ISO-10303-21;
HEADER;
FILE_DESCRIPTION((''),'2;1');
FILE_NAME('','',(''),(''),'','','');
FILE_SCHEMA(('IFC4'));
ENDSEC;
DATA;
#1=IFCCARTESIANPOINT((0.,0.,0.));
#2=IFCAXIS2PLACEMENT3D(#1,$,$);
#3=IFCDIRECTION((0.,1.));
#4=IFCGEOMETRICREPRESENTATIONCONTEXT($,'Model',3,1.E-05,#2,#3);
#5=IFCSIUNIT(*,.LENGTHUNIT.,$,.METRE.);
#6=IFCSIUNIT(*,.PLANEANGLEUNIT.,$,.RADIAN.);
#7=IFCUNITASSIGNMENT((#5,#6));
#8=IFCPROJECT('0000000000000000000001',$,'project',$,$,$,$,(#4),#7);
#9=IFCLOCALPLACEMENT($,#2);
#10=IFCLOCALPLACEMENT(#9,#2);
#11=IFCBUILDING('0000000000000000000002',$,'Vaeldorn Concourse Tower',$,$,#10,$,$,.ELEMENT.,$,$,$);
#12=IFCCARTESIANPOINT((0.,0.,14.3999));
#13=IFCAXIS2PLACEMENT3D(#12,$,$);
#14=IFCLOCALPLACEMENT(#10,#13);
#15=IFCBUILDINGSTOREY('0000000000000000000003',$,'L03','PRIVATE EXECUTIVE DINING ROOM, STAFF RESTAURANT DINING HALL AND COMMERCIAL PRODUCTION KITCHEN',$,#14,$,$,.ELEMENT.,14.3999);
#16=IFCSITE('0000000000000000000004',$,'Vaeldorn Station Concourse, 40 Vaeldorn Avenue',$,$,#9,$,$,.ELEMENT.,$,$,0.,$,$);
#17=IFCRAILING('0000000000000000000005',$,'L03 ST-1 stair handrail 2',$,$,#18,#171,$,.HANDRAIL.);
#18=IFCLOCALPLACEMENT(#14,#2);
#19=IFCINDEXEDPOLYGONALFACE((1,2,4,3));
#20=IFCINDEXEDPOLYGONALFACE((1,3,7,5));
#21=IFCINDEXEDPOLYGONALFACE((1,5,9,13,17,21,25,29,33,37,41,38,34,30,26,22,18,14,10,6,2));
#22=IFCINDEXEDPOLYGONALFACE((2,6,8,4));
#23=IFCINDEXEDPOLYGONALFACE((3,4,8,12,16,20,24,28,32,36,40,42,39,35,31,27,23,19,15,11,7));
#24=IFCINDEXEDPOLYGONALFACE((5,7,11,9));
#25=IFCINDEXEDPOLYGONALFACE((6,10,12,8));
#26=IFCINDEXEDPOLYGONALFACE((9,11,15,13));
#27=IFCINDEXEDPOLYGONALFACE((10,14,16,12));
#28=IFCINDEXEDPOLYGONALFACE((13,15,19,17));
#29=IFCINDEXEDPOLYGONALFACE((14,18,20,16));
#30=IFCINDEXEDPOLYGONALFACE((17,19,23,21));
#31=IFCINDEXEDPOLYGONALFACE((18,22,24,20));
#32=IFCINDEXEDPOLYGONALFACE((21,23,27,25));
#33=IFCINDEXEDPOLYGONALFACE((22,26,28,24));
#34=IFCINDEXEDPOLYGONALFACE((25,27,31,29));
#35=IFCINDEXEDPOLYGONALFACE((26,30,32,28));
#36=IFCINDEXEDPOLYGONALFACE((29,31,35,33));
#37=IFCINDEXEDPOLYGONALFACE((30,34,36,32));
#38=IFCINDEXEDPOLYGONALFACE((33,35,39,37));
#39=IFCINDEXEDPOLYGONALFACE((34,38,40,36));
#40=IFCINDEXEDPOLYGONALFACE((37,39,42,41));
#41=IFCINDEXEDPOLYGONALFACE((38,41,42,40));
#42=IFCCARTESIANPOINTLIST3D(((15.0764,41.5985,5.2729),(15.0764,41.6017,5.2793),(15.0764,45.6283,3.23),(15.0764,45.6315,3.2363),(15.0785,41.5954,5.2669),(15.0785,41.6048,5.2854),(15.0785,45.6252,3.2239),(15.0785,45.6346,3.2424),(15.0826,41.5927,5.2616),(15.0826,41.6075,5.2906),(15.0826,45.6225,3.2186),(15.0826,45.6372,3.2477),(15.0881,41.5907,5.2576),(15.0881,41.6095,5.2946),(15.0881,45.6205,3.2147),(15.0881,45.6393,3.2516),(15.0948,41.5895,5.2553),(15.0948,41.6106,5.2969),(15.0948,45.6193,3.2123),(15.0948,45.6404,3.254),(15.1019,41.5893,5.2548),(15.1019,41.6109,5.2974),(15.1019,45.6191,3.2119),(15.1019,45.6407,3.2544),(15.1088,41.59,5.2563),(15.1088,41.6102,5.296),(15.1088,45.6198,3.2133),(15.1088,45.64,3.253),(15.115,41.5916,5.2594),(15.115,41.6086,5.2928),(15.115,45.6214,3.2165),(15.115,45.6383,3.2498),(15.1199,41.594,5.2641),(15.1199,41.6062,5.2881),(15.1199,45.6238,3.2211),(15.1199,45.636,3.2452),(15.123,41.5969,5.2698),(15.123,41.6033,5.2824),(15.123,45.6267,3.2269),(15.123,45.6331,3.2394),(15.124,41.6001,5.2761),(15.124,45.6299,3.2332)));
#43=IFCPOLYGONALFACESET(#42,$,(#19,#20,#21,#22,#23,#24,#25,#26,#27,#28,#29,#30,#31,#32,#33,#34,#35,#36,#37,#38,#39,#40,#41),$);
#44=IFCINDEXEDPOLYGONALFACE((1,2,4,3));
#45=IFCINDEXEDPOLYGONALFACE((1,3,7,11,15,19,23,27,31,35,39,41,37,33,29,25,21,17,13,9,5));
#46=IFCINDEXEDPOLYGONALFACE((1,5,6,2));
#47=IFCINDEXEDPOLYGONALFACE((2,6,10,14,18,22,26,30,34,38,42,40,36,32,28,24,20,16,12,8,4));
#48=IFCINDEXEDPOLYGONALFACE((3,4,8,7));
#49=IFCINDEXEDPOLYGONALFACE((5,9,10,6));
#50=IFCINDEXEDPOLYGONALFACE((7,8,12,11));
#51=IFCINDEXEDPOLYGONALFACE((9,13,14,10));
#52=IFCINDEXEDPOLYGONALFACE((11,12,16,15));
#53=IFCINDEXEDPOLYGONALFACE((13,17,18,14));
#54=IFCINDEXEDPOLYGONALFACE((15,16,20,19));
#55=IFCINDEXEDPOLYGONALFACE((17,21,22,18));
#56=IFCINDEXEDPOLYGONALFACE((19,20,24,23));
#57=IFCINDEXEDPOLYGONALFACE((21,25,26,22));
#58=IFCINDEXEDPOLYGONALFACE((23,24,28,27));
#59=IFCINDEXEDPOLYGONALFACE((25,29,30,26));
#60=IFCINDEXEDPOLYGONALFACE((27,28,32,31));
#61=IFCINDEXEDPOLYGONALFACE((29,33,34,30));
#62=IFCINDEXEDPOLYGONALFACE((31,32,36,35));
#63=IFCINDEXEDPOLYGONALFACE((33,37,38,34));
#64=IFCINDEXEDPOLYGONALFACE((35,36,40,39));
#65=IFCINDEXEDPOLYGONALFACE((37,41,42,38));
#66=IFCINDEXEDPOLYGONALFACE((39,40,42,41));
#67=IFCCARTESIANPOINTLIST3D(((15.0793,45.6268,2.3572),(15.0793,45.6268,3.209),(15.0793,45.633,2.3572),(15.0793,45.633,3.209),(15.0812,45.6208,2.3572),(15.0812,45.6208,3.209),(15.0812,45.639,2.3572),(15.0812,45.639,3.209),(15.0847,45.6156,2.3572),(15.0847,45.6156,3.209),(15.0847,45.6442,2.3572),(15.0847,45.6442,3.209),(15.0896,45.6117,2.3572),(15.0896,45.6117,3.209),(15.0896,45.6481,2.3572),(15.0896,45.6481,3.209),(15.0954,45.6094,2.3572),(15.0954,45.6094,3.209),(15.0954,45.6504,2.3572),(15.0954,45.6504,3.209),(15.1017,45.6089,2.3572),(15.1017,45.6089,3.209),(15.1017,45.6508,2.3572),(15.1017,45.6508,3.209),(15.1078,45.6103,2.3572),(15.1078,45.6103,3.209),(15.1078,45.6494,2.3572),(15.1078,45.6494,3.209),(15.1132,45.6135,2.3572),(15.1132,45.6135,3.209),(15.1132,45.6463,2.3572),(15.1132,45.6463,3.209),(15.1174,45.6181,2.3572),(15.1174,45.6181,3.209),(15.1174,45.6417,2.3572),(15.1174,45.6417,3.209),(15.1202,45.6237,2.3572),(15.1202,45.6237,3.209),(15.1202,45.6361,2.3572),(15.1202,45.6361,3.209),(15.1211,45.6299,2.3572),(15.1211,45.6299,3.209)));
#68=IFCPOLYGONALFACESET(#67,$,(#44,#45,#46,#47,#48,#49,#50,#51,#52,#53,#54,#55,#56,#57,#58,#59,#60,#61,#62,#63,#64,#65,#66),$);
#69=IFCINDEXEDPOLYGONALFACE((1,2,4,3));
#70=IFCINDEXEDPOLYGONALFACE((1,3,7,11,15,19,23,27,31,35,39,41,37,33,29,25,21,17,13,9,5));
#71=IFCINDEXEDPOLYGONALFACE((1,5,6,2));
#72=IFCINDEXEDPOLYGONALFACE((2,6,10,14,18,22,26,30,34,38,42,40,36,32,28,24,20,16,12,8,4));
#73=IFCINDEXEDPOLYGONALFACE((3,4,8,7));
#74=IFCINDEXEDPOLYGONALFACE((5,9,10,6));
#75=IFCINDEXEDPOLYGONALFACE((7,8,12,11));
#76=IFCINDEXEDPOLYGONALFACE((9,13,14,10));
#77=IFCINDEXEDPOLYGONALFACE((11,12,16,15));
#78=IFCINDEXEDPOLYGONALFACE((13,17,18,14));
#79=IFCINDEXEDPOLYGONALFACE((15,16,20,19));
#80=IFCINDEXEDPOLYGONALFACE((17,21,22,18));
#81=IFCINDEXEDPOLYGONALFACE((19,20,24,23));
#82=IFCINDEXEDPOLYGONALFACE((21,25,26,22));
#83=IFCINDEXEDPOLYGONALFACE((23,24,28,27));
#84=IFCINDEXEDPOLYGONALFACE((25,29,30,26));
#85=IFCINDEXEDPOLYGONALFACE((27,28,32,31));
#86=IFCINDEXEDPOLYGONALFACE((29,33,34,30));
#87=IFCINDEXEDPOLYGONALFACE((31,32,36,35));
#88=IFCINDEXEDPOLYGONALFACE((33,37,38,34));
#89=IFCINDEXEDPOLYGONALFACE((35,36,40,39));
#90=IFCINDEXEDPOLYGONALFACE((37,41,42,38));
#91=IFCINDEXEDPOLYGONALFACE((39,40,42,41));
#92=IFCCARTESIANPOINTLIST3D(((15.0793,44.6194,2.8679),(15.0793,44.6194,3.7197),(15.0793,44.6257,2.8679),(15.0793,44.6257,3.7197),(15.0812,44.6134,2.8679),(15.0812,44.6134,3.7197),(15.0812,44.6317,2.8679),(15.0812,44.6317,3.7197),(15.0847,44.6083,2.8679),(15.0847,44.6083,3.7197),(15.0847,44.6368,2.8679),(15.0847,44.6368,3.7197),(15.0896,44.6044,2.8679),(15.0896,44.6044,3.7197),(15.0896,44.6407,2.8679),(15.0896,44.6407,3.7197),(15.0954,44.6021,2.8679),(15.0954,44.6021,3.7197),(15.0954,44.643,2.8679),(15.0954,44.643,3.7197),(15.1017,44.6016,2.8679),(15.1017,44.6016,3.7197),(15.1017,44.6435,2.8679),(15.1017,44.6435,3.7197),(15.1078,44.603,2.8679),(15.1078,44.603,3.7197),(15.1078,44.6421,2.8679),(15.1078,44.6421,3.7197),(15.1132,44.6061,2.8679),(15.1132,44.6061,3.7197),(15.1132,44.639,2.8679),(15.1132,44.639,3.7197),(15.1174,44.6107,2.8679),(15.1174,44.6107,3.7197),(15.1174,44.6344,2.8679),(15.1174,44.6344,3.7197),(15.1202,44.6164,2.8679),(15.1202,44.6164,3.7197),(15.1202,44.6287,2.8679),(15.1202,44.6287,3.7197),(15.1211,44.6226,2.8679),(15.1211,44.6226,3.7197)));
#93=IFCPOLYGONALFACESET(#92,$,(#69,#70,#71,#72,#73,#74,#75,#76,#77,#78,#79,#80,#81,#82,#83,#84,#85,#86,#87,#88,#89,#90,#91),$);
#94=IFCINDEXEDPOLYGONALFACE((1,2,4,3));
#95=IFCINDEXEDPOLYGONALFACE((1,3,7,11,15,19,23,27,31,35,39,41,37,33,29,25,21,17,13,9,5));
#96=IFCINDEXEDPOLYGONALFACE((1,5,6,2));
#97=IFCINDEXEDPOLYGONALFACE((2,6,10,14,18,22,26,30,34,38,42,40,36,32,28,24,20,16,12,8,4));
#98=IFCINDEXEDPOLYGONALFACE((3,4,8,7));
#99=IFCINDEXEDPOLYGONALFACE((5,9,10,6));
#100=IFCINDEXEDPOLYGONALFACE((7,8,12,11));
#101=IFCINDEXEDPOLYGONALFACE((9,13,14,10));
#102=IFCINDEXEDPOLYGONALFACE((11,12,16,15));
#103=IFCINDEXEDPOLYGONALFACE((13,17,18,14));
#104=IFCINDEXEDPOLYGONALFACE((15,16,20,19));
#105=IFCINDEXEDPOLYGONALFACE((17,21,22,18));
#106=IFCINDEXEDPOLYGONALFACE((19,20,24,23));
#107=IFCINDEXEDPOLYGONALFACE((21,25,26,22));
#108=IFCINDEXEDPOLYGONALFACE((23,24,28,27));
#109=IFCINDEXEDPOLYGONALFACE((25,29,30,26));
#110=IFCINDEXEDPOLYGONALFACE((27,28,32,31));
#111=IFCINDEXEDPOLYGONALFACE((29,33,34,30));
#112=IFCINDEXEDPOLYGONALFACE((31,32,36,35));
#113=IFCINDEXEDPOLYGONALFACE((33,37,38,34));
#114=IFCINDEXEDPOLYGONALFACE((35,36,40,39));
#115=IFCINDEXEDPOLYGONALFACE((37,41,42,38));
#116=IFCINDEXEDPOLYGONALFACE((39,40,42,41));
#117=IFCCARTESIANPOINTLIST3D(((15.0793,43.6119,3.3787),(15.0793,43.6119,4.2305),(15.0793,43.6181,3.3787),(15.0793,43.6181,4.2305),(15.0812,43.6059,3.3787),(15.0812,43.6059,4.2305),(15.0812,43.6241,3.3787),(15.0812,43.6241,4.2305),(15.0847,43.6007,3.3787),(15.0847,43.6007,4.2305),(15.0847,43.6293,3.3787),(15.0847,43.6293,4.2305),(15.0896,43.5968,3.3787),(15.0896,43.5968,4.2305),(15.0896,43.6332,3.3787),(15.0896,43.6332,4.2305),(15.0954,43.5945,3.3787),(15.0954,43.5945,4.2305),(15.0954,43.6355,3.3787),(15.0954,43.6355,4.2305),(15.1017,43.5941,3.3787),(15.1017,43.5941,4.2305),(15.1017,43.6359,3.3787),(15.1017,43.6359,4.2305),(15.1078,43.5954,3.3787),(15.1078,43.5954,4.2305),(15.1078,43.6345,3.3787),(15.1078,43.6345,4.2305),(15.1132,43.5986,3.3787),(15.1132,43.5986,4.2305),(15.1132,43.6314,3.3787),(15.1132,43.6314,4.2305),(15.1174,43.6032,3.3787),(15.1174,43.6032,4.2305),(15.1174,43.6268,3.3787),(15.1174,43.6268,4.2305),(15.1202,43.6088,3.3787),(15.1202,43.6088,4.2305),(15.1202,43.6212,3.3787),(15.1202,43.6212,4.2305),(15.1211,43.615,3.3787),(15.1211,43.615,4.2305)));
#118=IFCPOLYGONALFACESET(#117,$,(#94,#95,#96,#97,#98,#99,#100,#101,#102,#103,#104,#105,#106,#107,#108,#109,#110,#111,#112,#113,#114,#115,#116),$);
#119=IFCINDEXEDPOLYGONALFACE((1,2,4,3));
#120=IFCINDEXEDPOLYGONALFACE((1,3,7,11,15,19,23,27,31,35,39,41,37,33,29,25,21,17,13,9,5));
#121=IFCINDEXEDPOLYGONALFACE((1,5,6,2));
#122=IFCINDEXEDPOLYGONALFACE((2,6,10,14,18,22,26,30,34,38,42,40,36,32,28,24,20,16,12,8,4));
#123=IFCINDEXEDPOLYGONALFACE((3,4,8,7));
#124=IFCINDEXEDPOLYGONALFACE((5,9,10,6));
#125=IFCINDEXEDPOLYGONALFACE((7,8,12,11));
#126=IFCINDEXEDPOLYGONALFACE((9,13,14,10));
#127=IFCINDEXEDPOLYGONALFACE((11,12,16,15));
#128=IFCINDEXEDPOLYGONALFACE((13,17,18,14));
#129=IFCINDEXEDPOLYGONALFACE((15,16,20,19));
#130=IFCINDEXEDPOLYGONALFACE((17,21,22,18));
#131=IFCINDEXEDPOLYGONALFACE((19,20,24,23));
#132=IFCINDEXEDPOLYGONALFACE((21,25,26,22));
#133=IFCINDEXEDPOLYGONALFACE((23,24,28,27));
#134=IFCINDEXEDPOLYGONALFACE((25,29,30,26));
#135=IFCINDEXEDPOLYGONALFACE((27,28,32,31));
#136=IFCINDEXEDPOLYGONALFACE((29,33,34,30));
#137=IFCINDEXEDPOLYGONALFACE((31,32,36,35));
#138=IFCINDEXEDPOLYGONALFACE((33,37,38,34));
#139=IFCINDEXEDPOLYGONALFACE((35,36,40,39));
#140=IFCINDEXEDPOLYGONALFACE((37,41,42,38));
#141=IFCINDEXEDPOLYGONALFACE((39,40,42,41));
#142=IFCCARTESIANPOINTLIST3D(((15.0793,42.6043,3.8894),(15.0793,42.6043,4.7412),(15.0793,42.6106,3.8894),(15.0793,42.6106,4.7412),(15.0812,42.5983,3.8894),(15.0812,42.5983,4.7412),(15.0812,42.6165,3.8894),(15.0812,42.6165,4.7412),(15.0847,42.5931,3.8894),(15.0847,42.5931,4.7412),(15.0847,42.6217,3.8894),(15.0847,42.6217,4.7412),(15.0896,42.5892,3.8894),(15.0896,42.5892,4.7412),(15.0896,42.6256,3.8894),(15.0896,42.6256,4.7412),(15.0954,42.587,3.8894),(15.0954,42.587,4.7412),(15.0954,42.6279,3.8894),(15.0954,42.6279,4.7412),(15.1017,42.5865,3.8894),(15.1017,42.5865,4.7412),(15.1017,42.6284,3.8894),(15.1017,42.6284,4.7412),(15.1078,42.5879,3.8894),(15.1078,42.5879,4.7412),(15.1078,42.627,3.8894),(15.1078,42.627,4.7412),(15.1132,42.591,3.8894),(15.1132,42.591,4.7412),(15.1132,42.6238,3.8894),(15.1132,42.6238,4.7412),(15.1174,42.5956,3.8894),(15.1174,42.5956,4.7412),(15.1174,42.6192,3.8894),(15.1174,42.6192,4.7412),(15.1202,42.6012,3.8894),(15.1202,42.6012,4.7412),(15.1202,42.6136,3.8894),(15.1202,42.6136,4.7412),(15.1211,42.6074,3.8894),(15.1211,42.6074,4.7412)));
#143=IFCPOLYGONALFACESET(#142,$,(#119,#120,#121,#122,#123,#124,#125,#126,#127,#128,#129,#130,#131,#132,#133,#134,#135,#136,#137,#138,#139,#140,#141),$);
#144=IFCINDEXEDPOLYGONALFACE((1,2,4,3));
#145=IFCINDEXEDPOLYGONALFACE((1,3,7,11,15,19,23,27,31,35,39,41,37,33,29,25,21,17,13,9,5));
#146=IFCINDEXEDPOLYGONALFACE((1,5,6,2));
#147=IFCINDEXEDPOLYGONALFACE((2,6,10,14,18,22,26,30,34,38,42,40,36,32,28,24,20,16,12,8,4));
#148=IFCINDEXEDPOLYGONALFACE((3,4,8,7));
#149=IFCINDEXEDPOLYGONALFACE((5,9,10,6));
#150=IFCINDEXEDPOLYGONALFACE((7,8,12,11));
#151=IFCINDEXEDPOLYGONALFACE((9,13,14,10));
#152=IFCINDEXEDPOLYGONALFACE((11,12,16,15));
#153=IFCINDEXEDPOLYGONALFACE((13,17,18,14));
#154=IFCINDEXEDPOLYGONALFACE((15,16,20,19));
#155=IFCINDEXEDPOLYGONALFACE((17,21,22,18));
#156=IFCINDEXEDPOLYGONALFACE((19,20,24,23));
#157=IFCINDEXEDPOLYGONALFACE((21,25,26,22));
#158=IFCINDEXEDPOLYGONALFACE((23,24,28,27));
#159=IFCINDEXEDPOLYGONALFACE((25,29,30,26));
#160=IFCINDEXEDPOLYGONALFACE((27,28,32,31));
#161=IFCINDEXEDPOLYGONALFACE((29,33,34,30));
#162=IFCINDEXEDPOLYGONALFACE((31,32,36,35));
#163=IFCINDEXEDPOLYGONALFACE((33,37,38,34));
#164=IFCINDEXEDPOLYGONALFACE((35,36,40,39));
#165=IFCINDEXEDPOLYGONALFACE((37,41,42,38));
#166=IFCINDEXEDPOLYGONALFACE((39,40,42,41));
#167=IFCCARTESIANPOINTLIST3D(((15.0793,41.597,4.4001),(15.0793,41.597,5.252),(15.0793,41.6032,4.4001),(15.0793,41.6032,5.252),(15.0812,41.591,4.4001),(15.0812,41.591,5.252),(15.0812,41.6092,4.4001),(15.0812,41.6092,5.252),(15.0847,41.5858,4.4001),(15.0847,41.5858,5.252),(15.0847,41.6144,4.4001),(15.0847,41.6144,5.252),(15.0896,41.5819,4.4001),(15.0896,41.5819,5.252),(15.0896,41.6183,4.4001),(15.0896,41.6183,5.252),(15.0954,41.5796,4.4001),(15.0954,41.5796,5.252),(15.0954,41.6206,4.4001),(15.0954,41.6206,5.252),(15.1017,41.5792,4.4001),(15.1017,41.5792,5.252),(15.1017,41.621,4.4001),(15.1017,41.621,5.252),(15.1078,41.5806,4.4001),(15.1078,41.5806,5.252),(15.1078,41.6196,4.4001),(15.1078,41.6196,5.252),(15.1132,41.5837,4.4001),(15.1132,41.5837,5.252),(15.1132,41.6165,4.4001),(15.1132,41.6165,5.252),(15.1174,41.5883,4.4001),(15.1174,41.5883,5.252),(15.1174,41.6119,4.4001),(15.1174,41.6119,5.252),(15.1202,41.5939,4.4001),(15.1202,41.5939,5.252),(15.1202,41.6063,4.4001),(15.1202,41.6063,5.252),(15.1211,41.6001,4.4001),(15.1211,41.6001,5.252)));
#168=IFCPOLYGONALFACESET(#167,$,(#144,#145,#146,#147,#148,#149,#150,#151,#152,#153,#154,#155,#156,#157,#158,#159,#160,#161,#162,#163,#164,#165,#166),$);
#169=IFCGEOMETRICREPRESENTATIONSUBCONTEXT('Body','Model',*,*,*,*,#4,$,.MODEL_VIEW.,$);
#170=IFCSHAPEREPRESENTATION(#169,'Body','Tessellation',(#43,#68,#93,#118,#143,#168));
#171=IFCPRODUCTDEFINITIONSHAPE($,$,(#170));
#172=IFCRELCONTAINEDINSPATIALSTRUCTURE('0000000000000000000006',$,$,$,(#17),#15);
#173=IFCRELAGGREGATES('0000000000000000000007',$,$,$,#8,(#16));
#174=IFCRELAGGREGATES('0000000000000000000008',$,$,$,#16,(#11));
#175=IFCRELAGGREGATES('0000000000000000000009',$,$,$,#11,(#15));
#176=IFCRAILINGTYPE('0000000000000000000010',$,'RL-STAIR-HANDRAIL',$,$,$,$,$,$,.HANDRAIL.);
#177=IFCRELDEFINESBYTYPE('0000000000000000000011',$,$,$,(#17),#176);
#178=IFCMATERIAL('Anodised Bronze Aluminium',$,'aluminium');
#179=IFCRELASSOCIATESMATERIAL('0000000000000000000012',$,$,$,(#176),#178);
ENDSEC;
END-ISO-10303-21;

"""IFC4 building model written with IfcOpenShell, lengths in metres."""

from ifc_helpers import new_model, si_unit, direction, frame, origin, origin_2d, place, context, subcontext, project, spatial, circle, extrude, material, type_object, element, save


model = new_model("IFC4")

# Units and contexts
model_context = context("Model", 3, precision=1e-05, world=origin(), true_north=direction((0.0, 1.0)))
body_context = subcontext(model_context, "Body", "Model", "MODEL_VIEW")
ifc_project = project(units=[si_unit("LENGTHUNIT", "METRE"), si_unit("PLANEANGLEUNIT", "RADIAN")], contexts=[model_context])

# Site, building, storey
site_placement = place(None, origin())
site = spatial("IfcSite", under=ifc_project, at=site_placement, Name="Vaeldorn Station Concourse, 40 Vaeldorn Avenue", CompositionType="ELEMENT", RefElevation=0.0)
building_placement = place(site_placement, origin())
building = spatial("IfcBuilding", under=site, at=building_placement, Name="Vaeldorn Concourse Tower", CompositionType="ELEMENT")
storey_placement = place(building_placement, frame((0.0, 0.0, 14.3999)))
storey = spatial("IfcBuildingStorey", under=building, at=storey_placement, Name="L03", Description="PRIVATE EXECUTIVE DINING ROOM, STAFF RESTAURANT DINING HALL AND COMMERCIAL PRODUCTION KITCHEN", CompositionType="ELEMENT", Elevation=14.3999)

# Shared definitions
ifc_material_1 = material(Name="Anodised Bronze Aluminium", Category="aluminium")

# Railing
railing_type_1 = type_object("IfcRailingType", Name="RL-STAIR-HANDRAIL", PredefinedType="HANDRAIL", material=ifc_material_1)
railing_1_placement = place(storey_placement, frame((15.1001, 45.6299, 2.3572)))
element("IfcRailing", 1, at=railing_1_placement, inside=storey, type_object=railing_type_1, Name="L03 ST-1 stair handrail 2", PredefinedType="HANDRAIL", context=body_context, shape_type="SweptSolid", body=[
    extrude(circle(Radius=0.0239, at=origin_2d()), frame((0.0, 0.0, 0.876), z_axis=(0.0, -0.891928, 0.452178), x_axis=(1.0, 0.0, 0.0)), (0.0, 0.0, 1.0), 4.5181),
    extrude(circle(Radius=0.021, at=origin_2d()), origin(), (0.0, 0.0, 1.0), 0.8518),
    extrude(circle(Radius=0.021, at=origin_2d()), frame((0.0, -1.0073, 0.5107)), (0.0, 0.0, 1.0), 0.8518),
    extrude(circle(Radius=0.021, at=origin_2d()), frame((0.0, -2.0149, 1.0215)), (0.0, 0.0, 1.0), 0.8518),
    extrude(circle(Radius=0.021, at=origin_2d()), frame((0.0, -3.0225, 1.5322)), (0.0, 0.0, 1.0), 0.8518),
    extrude(circle(Radius=0.021, at=origin_2d()), frame((0.0, -4.0298, 2.043)), (0.0, 0.0, 1.0), 0.8518),
])

save(model, "model.ifc")
